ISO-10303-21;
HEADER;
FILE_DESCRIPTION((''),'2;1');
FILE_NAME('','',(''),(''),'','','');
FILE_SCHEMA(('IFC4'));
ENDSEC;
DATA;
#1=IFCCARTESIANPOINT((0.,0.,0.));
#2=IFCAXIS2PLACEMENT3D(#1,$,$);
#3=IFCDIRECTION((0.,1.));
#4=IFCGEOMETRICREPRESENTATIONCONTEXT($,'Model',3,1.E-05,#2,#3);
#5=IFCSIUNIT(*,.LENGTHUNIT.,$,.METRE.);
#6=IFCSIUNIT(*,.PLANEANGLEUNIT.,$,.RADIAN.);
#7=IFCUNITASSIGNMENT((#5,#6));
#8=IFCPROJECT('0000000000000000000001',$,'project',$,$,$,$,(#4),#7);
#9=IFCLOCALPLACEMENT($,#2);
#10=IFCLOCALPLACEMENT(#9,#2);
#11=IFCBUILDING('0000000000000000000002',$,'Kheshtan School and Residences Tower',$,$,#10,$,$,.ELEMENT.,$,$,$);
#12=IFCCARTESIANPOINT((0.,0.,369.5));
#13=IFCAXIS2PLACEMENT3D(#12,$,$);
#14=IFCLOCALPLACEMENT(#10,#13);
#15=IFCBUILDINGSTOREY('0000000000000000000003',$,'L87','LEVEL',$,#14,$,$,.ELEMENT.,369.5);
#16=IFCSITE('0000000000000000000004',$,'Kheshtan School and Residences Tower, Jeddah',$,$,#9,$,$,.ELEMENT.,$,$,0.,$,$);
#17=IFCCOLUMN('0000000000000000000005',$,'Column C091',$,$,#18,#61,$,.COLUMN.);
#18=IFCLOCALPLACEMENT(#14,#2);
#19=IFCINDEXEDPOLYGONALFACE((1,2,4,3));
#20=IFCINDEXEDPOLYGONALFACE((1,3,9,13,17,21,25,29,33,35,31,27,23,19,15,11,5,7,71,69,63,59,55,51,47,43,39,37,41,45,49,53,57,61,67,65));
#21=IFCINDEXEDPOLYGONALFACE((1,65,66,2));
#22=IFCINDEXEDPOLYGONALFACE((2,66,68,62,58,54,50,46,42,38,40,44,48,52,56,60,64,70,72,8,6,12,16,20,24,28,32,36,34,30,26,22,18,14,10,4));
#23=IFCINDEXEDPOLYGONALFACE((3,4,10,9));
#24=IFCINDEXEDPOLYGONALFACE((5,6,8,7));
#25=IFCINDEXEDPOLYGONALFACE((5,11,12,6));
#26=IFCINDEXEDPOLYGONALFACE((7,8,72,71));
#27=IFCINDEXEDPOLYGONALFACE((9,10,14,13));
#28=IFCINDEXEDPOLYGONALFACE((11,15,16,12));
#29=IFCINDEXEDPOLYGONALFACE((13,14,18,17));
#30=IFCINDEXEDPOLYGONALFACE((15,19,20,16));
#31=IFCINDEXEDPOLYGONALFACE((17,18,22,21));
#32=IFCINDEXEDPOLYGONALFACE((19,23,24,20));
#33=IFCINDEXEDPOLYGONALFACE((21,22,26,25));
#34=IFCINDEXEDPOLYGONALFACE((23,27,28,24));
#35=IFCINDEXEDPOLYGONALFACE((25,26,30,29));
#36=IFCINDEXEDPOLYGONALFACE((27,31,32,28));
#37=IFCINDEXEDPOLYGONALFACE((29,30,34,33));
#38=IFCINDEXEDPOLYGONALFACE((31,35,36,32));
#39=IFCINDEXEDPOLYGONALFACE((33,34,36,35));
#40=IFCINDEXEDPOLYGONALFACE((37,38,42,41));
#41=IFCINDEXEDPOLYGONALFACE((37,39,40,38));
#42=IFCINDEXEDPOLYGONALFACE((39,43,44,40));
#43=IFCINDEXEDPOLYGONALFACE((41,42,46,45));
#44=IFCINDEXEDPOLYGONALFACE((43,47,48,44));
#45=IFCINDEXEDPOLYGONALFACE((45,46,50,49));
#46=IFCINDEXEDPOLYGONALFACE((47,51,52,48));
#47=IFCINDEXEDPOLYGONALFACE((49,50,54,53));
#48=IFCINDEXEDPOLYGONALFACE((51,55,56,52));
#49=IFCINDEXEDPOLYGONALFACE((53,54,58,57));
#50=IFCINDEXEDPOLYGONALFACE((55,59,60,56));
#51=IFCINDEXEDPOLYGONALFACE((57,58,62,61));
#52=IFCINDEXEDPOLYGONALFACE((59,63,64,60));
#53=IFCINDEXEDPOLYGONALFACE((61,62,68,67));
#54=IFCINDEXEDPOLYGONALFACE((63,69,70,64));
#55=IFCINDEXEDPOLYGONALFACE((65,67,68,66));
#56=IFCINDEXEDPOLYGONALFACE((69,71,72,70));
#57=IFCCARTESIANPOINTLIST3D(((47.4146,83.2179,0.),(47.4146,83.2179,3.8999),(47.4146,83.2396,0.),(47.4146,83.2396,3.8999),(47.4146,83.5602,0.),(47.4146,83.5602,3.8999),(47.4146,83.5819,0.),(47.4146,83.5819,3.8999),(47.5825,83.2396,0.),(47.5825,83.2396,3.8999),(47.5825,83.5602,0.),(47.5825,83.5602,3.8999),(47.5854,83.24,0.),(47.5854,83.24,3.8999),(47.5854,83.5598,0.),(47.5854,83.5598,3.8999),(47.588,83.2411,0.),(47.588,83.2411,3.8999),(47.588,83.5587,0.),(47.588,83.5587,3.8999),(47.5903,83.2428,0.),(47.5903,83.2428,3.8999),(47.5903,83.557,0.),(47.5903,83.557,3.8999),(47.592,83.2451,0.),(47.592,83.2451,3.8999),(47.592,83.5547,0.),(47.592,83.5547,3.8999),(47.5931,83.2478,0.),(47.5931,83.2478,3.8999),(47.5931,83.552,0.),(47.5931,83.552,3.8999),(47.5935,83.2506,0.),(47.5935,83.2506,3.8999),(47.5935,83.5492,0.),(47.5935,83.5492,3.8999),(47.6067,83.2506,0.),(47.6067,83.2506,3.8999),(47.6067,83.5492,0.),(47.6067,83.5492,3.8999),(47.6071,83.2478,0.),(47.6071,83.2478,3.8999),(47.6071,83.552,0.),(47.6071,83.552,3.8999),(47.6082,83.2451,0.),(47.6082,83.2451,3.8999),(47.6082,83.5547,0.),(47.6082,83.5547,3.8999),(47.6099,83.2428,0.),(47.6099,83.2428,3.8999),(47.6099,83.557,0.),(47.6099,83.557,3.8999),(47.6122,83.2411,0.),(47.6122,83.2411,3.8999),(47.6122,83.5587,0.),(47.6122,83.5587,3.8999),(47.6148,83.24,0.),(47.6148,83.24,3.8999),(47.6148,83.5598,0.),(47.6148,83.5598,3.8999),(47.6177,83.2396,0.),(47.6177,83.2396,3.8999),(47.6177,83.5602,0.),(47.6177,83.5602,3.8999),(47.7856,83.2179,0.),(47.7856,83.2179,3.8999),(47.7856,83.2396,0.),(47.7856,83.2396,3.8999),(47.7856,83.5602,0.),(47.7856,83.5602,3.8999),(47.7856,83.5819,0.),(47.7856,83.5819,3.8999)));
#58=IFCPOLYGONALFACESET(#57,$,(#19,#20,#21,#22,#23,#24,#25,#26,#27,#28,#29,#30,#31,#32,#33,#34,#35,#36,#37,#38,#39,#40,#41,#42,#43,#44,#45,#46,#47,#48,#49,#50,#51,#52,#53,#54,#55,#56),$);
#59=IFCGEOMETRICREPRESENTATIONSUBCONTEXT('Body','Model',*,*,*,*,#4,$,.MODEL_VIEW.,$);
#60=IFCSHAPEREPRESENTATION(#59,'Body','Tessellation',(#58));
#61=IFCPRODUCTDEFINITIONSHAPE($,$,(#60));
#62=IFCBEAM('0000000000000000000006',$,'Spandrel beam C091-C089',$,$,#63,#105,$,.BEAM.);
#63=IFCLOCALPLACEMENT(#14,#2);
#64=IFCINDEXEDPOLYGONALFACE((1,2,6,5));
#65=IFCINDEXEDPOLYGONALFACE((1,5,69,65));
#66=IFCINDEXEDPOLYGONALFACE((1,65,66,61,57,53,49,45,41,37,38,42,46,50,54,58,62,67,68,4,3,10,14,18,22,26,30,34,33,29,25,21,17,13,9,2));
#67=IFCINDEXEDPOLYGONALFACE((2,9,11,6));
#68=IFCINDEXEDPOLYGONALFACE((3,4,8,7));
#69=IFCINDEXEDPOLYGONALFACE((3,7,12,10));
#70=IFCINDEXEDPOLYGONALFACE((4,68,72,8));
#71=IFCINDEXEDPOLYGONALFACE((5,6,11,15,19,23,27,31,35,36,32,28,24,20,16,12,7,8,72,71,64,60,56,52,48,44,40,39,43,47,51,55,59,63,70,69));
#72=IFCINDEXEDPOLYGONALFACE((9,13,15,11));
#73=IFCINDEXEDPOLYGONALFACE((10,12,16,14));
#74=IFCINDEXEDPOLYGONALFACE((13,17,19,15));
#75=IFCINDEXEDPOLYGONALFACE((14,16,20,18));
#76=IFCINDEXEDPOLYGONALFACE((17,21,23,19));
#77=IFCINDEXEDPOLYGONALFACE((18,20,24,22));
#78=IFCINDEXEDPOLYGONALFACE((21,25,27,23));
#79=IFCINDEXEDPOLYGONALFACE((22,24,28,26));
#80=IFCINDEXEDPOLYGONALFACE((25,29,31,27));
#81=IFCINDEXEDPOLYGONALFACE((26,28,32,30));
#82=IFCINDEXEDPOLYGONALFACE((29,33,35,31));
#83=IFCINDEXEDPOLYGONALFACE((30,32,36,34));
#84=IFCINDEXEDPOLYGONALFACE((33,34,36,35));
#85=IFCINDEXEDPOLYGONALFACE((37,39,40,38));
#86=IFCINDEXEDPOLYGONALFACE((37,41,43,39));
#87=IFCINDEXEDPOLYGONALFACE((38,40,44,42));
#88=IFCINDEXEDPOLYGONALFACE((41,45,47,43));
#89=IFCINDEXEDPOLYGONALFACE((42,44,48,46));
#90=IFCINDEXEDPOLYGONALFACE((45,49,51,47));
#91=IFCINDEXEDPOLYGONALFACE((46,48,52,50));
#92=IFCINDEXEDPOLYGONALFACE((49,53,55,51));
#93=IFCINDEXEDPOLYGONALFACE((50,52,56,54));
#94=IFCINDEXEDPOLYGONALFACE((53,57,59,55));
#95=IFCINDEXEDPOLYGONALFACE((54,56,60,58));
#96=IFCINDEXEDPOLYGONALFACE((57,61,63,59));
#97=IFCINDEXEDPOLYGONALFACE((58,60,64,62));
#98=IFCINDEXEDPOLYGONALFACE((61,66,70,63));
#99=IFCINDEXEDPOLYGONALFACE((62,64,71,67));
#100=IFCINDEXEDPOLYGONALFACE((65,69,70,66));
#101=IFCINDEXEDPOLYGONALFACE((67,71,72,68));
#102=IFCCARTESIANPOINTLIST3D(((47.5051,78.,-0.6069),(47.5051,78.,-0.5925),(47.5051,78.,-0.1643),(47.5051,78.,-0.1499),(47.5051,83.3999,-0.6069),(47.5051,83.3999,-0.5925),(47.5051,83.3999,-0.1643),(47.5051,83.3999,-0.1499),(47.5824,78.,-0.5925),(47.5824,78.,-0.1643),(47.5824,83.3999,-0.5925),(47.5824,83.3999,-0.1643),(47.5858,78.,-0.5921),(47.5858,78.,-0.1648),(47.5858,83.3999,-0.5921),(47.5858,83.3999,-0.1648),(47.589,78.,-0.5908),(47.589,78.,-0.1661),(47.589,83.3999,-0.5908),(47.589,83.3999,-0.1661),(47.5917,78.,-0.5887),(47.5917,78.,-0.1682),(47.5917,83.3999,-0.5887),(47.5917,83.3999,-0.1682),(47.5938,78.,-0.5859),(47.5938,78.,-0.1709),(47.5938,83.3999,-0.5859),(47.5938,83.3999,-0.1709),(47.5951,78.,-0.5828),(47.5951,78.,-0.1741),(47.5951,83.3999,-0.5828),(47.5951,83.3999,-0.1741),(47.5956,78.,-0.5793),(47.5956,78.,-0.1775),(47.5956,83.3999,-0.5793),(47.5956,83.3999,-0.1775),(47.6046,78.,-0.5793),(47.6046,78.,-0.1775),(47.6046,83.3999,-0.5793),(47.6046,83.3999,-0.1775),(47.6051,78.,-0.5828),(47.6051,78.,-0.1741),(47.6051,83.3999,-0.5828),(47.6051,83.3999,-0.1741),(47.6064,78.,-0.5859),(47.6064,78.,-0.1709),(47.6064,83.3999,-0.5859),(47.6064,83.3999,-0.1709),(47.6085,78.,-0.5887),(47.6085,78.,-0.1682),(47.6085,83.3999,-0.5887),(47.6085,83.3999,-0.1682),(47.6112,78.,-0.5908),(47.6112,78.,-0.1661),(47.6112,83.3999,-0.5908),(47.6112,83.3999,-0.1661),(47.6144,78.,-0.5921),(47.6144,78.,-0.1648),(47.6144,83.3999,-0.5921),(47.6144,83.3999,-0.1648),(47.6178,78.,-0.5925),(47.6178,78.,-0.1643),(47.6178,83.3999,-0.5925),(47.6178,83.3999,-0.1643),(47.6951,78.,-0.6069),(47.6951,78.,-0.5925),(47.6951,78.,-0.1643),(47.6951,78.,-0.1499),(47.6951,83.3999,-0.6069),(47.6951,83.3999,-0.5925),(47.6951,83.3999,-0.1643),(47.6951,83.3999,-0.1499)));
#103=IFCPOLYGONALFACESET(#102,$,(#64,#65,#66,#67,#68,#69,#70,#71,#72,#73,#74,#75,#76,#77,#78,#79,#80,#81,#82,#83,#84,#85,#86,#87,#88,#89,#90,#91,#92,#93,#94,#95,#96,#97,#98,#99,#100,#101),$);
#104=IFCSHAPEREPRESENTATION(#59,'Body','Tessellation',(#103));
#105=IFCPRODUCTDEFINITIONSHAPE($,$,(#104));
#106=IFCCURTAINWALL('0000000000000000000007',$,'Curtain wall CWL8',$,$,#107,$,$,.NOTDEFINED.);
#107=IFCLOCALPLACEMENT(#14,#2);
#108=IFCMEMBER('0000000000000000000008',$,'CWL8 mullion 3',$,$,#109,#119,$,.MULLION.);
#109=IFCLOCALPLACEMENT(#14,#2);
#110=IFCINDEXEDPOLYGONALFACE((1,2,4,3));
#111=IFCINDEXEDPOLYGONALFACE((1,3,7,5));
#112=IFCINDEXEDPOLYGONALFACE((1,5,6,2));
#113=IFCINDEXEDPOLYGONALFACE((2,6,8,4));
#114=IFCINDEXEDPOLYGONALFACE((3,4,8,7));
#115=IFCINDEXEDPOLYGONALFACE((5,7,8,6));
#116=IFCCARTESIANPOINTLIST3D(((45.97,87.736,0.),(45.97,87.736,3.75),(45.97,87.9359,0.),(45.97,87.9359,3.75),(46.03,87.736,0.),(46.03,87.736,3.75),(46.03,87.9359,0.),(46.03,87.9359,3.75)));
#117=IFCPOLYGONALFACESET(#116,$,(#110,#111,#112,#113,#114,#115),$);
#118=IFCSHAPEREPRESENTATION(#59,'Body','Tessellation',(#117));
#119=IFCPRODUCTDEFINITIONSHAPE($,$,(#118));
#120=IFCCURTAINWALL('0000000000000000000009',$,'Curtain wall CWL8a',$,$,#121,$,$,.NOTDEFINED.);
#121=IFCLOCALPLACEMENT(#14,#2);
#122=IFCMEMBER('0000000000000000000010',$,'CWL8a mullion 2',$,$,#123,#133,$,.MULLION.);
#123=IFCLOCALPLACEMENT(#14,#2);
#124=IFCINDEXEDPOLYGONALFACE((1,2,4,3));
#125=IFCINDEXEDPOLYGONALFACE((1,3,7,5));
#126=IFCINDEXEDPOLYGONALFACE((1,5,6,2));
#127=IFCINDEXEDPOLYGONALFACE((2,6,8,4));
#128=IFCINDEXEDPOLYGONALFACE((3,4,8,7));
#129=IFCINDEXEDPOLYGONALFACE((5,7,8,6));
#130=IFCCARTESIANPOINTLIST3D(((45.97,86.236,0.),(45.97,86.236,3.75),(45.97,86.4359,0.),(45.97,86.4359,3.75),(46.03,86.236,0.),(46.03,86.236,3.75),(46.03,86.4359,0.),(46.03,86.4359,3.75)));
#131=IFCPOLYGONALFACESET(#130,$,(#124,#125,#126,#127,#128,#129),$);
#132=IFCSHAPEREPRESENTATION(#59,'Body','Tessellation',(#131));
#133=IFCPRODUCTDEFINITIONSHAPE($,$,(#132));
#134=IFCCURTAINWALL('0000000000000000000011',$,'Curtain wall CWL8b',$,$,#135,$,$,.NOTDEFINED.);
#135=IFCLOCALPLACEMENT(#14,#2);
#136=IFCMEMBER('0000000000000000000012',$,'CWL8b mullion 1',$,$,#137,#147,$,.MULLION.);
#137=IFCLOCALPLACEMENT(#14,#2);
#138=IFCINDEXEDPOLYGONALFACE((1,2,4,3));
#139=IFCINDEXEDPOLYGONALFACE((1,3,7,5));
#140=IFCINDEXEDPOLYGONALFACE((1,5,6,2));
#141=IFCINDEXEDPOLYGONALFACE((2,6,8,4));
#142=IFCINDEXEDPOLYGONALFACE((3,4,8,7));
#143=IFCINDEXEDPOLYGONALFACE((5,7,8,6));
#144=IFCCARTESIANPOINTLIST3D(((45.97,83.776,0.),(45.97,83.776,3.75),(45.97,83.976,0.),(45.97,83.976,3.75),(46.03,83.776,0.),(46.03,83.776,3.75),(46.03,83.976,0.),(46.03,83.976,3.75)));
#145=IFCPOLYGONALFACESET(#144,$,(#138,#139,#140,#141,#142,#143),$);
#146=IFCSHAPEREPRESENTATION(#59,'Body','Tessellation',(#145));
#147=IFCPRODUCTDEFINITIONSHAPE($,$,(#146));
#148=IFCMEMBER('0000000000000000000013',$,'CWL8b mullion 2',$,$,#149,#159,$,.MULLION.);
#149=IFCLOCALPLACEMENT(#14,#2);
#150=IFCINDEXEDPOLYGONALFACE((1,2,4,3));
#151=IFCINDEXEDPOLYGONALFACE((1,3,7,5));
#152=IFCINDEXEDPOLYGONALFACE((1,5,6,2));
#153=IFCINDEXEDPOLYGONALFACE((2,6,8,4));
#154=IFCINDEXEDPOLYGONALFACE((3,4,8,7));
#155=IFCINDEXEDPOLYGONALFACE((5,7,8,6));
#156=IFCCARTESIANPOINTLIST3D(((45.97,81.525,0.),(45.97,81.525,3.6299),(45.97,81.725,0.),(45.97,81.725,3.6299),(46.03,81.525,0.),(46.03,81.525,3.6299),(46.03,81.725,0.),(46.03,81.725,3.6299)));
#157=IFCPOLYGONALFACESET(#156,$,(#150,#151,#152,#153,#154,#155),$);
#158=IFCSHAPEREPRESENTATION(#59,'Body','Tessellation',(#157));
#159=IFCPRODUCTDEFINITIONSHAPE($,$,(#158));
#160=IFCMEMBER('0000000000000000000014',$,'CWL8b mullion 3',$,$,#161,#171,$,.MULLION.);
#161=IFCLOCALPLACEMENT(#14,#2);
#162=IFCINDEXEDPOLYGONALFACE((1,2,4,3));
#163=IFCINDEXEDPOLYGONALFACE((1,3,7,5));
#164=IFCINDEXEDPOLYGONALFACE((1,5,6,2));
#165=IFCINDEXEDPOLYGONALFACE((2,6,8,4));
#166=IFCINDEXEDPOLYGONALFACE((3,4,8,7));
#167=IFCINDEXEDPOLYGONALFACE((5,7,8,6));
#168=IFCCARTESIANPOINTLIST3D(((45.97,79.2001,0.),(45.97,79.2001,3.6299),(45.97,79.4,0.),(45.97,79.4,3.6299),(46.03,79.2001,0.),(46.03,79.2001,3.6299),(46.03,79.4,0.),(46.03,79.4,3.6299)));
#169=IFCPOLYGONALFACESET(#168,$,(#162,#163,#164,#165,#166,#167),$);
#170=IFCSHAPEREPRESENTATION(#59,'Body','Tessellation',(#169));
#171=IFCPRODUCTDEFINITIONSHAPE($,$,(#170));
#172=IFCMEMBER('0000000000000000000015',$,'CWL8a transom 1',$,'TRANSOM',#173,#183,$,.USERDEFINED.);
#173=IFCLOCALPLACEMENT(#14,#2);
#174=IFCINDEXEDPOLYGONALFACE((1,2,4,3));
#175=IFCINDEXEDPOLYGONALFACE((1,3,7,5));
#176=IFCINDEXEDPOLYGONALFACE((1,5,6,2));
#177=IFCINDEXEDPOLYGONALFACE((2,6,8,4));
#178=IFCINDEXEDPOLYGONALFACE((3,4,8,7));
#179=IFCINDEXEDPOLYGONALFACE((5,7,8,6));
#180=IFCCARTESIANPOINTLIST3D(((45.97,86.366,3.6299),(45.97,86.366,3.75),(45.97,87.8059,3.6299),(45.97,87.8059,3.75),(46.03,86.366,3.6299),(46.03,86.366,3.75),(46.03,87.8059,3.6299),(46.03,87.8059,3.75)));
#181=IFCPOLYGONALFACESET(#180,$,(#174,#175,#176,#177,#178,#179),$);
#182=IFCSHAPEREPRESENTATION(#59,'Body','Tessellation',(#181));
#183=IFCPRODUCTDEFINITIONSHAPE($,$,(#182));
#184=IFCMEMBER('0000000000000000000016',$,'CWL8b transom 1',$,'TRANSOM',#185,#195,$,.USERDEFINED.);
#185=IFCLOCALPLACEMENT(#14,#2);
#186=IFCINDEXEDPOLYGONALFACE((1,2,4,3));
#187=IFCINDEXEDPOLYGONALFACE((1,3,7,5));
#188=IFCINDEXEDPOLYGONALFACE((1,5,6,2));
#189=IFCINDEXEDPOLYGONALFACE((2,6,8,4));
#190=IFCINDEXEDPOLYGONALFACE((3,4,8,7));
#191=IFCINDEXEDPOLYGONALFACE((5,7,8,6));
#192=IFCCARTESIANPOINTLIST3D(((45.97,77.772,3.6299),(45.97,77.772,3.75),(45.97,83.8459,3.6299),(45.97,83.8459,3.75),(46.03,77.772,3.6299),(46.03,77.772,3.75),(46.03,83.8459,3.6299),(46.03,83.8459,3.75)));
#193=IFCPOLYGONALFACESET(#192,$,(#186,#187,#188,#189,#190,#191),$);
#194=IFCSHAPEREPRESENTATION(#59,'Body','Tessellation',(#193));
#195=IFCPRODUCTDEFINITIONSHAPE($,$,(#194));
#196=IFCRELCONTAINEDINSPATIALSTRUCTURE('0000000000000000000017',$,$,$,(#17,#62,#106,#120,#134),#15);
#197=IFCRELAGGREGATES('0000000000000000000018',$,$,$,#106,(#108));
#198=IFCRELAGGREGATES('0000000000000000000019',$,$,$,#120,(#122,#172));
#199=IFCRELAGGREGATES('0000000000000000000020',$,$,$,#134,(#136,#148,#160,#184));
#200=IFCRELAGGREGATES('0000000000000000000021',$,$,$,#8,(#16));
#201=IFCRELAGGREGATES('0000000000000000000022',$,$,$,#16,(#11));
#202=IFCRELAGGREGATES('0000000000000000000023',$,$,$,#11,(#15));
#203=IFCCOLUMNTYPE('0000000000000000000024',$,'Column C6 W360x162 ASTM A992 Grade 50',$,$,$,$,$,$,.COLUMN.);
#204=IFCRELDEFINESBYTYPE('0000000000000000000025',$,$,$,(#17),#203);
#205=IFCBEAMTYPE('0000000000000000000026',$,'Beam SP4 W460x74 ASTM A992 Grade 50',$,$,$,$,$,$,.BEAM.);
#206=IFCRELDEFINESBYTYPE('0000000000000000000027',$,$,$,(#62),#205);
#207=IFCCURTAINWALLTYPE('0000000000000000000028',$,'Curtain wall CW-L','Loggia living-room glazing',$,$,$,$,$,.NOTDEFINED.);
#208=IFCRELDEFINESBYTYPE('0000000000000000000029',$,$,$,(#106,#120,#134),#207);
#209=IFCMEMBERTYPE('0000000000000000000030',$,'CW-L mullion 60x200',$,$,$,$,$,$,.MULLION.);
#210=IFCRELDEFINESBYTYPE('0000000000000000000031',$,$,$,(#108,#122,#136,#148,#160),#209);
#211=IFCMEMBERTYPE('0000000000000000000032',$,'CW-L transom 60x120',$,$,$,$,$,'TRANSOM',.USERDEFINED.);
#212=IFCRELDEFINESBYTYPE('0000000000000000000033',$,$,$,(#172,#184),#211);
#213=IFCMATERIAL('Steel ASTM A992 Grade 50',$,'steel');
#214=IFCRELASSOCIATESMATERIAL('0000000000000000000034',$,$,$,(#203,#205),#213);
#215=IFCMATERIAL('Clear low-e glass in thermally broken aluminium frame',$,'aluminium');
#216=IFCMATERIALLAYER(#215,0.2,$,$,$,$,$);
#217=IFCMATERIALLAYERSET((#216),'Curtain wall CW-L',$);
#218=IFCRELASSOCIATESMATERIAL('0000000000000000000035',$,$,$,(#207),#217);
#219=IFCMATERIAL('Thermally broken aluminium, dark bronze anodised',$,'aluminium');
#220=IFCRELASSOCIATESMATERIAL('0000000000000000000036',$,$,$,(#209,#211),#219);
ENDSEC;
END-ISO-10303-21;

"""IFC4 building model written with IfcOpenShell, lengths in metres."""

from ifc_helpers import new_model, si_unit, direction, frame, origin, origin_2d, place, context, subcontext, project, spatial, rectangle, i_section, extrude, material, layer, layer_set, material_profile, profile_set, type_object, element, aggregate, save


model = new_model("IFC4")

# Units and contexts
model_context = context("Model", 3, precision=1e-05, world=origin(), true_north=direction((0.0, 1.0)))
body_context = subcontext(model_context, "Body", "Model", "MODEL_VIEW")
ifc_project = project(units=[si_unit("LENGTHUNIT", "METRE"), si_unit("PLANEANGLEUNIT", "RADIAN")], contexts=[model_context])

# Site, building, storey
site_placement = place(None, origin())
site = spatial("IfcSite", under=ifc_project, at=site_placement, Name="Kheshtan School and Residences Tower, Jeddah", CompositionType="ELEMENT", RefElevation=0.0)
building_placement = place(site_placement, origin())
building = spatial("IfcBuilding", under=site, at=building_placement, Name="Kheshtan School and Residences Tower", CompositionType="ELEMENT")
storey_placement = place(building_placement, frame((0.0, 0.0, 369.5)))
storey = spatial("IfcBuildingStorey", under=building, at=storey_placement, Name="L87", Description="LEVEL", CompositionType="ELEMENT", Elevation=369.5)

# Column
ifc_material_1 = material(Name="Steel ASTM A992 Grade 50", Category="steel")
ifc_material_profile_1 = material_profile(ifc_material_1, i_section(OverallWidth=0.3711, OverallDepth=0.364, WebThickness=0.0132, FlangeThickness=0.0217, FilletRadius=0.011, at=origin_2d()), Name="W360x162")
ifc_profile_set_1 = profile_set([ifc_material_profile_1], Name="Steel ASTM A992 Grade 50")
column_type = type_object("IfcColumnType", Name="Column C6 W360x162 ASTM A992 Grade 50", PredefinedType="COLUMN", material=ifc_profile_set_1)
column_placement = place(storey_placement, frame((47.6001, 83.3999, 0.0), z_axis=(0.0, 0.0, 1.0), x_axis=(1.0, 0.0, 0.0)))
element("IfcColumn", 1, at=column_placement, inside=storey, type_object=column_type, Name="Column C091", PredefinedType="COLUMN", context=body_context, shape_type="SweptSolid", body=[
    extrude(i_section(OverallWidth=0.3711, OverallDepth=0.364, WebThickness=0.0132, FlangeThickness=0.0217, FilletRadius=0.011, at=origin_2d()), origin(), (0.0, 0.0, 1.0), 3.8999),
])

# Beam
ifc_material_profile_2 = material_profile(ifc_material_1, i_section(OverallWidth=0.1899, OverallDepth=0.457, WebThickness=0.009, FlangeThickness=0.0144, FilletRadius=0.0132, at=origin_2d()), Name="W460x74")
ifc_profile_set_2 = profile_set([ifc_material_profile_2], Name="Steel ASTM A992 Grade 50")
beam_type = type_object("IfcBeamType", Name="Beam SP4 W460x74 ASTM A992 Grade 50", PredefinedType="BEAM", material=ifc_profile_set_2)
beam_placement = place(storey_placement, frame((47.6001, 83.3999, -0.3784), z_axis=(0.0, -1.0, 0.0), x_axis=(1.0, 0.0, 0.0)))
element("IfcBeam", 2, at=beam_placement, inside=storey, type_object=beam_type, Name="Spandrel beam C091-C089", PredefinedType="BEAM", context=body_context, shape_type="SweptSolid", body=[
    extrude(i_section(OverallWidth=0.1899, OverallDepth=0.457, WebThickness=0.009, FlangeThickness=0.0144, FilletRadius=0.0132, at=origin_2d()), origin(), (0.0, 0.0, 1.0), 5.3999),
])

# Curtain walls, members
ifc_material_2 = material(Name="Clear low-e glass in thermally broken aluminium frame", Category="aluminium")
ifc_layer_1 = layer(ifc_material_2, 0.2)
ifc_layer_set_1 = layer_set([ifc_layer_1], Name="Curtain wall CW-L")
curtain_wall_type = type_object("IfcCurtainWallType", Name="Curtain wall CW-L", Description="Loggia living-room glazing", PredefinedType="NOTDEFINED", material=ifc_layer_set_1)
curtain_wall_1_placement = place(storey_placement, origin())
curtain_wall_1 = element("IfcCurtainWall", 3, at=curtain_wall_1_placement, inside=storey, type_object=curtain_wall_type, Name="Curtain wall CWL8", PredefinedType="NOTDEFINED")
ifc_material_3 = material(Name="Thermally broken aluminium, dark bronze anodised", Category="aluminium")
ifc_material_profile_3 = material_profile(ifc_material_3, rectangle(XDim=0.0601, YDim=0.2, at=origin_2d()), Name="CW-L mullion 60x200")
ifc_profile_set_3 = profile_set([ifc_material_profile_3], Name="Thermally broken aluminium, dark bronze anodised")
member_type_1 = type_object("IfcMemberType", Name="CW-L mullion 60x200", PredefinedType="MULLION", material=ifc_profile_set_3)
member_1_placement = place(storey_placement, frame((46.0, 87.8359, 0.0), z_axis=(0.0, 0.0, 1.0), x_axis=(1.0, 0.0, 0.0)))
member_1 = element("IfcMember", 4, at=member_1_placement, type_object=member_type_1, Name="CWL8 mullion 3", PredefinedType="MULLION", context=body_context, shape_type="SweptSolid", body=[
    extrude(rectangle(XDim=0.0601, YDim=0.2, at=origin_2d()), origin(), (0.0, 0.0, 1.0), 3.75),
])
aggregate(curtain_wall_1, [member_1])
curtain_wall_2_placement = place(storey_placement, origin())
curtain_wall_2 = element("IfcCurtainWall", 5, at=curtain_wall_2_placement, inside=storey, type_object=curtain_wall_type, Name="Curtain wall CWL8a", PredefinedType="NOTDEFINED")
member_2_placement = place(storey_placement, frame((46.0, 86.3359, 0.0), z_axis=(0.0, 0.0, 1.0), x_axis=(1.0, 0.0, 0.0)))
member_2 = element("IfcMember", 6, at=member_2_placement, type_object=member_type_1, Name="CWL8a mullion 2", PredefinedType="MULLION", context=body_context, shape_type="SweptSolid", body=[
    extrude(rectangle(XDim=0.0601, YDim=0.2, at=origin_2d()), origin(), (0.0, 0.0, 1.0), 3.75),
])

# Curtain wall, members
curtain_wall_3_placement = place(storey_placement, origin())
curtain_wall_3 = element("IfcCurtainWall", 7, at=curtain_wall_3_placement, inside=storey, type_object=curtain_wall_type, Name="Curtain wall CWL8b", PredefinedType="NOTDEFINED")
member_3_placement = place(storey_placement, frame((46.0, 83.876, 0.0), z_axis=(0.0, 0.0, 1.0), x_axis=(1.0, 0.0, 0.0)))
member_3 = element("IfcMember", 8, at=member_3_placement, type_object=member_type_1, Name="CWL8b mullion 1", PredefinedType="MULLION", context=body_context, shape_type="SweptSolid", body=[
    extrude(rectangle(XDim=0.0601, YDim=0.2, at=origin_2d()), origin(), (0.0, 0.0, 1.0), 3.75),
])
member_4_placement = place(storey_placement, frame((46.0, 81.625, 0.0), z_axis=(0.0, 0.0, 1.0), x_axis=(1.0, 0.0, 0.0)))
member_4 = element("IfcMember", 9, at=member_4_placement, type_object=member_type_1, Name="CWL8b mullion 2", PredefinedType="MULLION", context=body_context, shape_type="SweptSolid", body=[
    extrude(rectangle(XDim=0.0601, YDim=0.2, at=origin_2d()), origin(), (0.0, 0.0, 1.0), 3.6299),
])
member_5_placement = place(storey_placement, frame((46.0, 79.3, 0.0), z_axis=(0.0, 0.0, 1.0), x_axis=(1.0, 0.0, 0.0)))
member_5 = element("IfcMember", 10, at=member_5_placement, type_object=member_type_1, Name="CWL8b mullion 3", PredefinedType="MULLION", context=body_context, shape_type="SweptSolid", body=[
    extrude(rectangle(XDim=0.0601, YDim=0.2, at=origin_2d()), origin(), (0.0, 0.0, 1.0), 3.6299),
])

# Members
ifc_material_profile_4 = material_profile(ifc_material_3, rectangle(XDim=0.0601, YDim=0.1201, at=origin_2d()), Name="CW-L transom 60x120")
ifc_profile_set_4 = profile_set([ifc_material_profile_4], Name="Thermally broken aluminium, dark bronze anodised")
member_type_2 = type_object("IfcMemberType", Name="CW-L transom 60x120", ElementType="TRANSOM", PredefinedType="USERDEFINED", material=ifc_profile_set_4)
member_6_placement = place(storey_placement, frame((46.0, 87.8059, 3.6899), z_axis=(0.0, -1.0, 0.0), x_axis=(1.0, 0.0, 0.0)))
member_6 = element("IfcMember", 11, at=member_6_placement, type_object=member_type_2, Name="CWL8a transom 1", ObjectType="TRANSOM", PredefinedType="USERDEFINED", context=body_context, shape_type="SweptSolid", body=[
    extrude(rectangle(XDim=0.0601, YDim=0.1201, at=origin_2d()), origin(), (0.0, 0.0, 1.0), 1.4399),
])
member_7_placement = place(storey_placement, frame((46.0, 83.8459, 3.6899), z_axis=(0.0, -1.0, 0.0), x_axis=(1.0, 0.0, 0.0)))
member_7 = element("IfcMember", 12, at=member_7_placement, type_object=member_type_2, Name="CWL8b transom 1", ObjectType="TRANSOM", PredefinedType="USERDEFINED", context=body_context, shape_type="SweptSolid", body=[
    extrude(rectangle(XDim=0.0601, YDim=0.1201, at=origin_2d()), origin(), (0.0, 0.0, 1.0), 6.074),
])

aggregate(curtain_wall_2, [member_2, member_6])
aggregate(curtain_wall_3, [member_3, member_4, member_5, member_7])

save(model, "model.ifc")
